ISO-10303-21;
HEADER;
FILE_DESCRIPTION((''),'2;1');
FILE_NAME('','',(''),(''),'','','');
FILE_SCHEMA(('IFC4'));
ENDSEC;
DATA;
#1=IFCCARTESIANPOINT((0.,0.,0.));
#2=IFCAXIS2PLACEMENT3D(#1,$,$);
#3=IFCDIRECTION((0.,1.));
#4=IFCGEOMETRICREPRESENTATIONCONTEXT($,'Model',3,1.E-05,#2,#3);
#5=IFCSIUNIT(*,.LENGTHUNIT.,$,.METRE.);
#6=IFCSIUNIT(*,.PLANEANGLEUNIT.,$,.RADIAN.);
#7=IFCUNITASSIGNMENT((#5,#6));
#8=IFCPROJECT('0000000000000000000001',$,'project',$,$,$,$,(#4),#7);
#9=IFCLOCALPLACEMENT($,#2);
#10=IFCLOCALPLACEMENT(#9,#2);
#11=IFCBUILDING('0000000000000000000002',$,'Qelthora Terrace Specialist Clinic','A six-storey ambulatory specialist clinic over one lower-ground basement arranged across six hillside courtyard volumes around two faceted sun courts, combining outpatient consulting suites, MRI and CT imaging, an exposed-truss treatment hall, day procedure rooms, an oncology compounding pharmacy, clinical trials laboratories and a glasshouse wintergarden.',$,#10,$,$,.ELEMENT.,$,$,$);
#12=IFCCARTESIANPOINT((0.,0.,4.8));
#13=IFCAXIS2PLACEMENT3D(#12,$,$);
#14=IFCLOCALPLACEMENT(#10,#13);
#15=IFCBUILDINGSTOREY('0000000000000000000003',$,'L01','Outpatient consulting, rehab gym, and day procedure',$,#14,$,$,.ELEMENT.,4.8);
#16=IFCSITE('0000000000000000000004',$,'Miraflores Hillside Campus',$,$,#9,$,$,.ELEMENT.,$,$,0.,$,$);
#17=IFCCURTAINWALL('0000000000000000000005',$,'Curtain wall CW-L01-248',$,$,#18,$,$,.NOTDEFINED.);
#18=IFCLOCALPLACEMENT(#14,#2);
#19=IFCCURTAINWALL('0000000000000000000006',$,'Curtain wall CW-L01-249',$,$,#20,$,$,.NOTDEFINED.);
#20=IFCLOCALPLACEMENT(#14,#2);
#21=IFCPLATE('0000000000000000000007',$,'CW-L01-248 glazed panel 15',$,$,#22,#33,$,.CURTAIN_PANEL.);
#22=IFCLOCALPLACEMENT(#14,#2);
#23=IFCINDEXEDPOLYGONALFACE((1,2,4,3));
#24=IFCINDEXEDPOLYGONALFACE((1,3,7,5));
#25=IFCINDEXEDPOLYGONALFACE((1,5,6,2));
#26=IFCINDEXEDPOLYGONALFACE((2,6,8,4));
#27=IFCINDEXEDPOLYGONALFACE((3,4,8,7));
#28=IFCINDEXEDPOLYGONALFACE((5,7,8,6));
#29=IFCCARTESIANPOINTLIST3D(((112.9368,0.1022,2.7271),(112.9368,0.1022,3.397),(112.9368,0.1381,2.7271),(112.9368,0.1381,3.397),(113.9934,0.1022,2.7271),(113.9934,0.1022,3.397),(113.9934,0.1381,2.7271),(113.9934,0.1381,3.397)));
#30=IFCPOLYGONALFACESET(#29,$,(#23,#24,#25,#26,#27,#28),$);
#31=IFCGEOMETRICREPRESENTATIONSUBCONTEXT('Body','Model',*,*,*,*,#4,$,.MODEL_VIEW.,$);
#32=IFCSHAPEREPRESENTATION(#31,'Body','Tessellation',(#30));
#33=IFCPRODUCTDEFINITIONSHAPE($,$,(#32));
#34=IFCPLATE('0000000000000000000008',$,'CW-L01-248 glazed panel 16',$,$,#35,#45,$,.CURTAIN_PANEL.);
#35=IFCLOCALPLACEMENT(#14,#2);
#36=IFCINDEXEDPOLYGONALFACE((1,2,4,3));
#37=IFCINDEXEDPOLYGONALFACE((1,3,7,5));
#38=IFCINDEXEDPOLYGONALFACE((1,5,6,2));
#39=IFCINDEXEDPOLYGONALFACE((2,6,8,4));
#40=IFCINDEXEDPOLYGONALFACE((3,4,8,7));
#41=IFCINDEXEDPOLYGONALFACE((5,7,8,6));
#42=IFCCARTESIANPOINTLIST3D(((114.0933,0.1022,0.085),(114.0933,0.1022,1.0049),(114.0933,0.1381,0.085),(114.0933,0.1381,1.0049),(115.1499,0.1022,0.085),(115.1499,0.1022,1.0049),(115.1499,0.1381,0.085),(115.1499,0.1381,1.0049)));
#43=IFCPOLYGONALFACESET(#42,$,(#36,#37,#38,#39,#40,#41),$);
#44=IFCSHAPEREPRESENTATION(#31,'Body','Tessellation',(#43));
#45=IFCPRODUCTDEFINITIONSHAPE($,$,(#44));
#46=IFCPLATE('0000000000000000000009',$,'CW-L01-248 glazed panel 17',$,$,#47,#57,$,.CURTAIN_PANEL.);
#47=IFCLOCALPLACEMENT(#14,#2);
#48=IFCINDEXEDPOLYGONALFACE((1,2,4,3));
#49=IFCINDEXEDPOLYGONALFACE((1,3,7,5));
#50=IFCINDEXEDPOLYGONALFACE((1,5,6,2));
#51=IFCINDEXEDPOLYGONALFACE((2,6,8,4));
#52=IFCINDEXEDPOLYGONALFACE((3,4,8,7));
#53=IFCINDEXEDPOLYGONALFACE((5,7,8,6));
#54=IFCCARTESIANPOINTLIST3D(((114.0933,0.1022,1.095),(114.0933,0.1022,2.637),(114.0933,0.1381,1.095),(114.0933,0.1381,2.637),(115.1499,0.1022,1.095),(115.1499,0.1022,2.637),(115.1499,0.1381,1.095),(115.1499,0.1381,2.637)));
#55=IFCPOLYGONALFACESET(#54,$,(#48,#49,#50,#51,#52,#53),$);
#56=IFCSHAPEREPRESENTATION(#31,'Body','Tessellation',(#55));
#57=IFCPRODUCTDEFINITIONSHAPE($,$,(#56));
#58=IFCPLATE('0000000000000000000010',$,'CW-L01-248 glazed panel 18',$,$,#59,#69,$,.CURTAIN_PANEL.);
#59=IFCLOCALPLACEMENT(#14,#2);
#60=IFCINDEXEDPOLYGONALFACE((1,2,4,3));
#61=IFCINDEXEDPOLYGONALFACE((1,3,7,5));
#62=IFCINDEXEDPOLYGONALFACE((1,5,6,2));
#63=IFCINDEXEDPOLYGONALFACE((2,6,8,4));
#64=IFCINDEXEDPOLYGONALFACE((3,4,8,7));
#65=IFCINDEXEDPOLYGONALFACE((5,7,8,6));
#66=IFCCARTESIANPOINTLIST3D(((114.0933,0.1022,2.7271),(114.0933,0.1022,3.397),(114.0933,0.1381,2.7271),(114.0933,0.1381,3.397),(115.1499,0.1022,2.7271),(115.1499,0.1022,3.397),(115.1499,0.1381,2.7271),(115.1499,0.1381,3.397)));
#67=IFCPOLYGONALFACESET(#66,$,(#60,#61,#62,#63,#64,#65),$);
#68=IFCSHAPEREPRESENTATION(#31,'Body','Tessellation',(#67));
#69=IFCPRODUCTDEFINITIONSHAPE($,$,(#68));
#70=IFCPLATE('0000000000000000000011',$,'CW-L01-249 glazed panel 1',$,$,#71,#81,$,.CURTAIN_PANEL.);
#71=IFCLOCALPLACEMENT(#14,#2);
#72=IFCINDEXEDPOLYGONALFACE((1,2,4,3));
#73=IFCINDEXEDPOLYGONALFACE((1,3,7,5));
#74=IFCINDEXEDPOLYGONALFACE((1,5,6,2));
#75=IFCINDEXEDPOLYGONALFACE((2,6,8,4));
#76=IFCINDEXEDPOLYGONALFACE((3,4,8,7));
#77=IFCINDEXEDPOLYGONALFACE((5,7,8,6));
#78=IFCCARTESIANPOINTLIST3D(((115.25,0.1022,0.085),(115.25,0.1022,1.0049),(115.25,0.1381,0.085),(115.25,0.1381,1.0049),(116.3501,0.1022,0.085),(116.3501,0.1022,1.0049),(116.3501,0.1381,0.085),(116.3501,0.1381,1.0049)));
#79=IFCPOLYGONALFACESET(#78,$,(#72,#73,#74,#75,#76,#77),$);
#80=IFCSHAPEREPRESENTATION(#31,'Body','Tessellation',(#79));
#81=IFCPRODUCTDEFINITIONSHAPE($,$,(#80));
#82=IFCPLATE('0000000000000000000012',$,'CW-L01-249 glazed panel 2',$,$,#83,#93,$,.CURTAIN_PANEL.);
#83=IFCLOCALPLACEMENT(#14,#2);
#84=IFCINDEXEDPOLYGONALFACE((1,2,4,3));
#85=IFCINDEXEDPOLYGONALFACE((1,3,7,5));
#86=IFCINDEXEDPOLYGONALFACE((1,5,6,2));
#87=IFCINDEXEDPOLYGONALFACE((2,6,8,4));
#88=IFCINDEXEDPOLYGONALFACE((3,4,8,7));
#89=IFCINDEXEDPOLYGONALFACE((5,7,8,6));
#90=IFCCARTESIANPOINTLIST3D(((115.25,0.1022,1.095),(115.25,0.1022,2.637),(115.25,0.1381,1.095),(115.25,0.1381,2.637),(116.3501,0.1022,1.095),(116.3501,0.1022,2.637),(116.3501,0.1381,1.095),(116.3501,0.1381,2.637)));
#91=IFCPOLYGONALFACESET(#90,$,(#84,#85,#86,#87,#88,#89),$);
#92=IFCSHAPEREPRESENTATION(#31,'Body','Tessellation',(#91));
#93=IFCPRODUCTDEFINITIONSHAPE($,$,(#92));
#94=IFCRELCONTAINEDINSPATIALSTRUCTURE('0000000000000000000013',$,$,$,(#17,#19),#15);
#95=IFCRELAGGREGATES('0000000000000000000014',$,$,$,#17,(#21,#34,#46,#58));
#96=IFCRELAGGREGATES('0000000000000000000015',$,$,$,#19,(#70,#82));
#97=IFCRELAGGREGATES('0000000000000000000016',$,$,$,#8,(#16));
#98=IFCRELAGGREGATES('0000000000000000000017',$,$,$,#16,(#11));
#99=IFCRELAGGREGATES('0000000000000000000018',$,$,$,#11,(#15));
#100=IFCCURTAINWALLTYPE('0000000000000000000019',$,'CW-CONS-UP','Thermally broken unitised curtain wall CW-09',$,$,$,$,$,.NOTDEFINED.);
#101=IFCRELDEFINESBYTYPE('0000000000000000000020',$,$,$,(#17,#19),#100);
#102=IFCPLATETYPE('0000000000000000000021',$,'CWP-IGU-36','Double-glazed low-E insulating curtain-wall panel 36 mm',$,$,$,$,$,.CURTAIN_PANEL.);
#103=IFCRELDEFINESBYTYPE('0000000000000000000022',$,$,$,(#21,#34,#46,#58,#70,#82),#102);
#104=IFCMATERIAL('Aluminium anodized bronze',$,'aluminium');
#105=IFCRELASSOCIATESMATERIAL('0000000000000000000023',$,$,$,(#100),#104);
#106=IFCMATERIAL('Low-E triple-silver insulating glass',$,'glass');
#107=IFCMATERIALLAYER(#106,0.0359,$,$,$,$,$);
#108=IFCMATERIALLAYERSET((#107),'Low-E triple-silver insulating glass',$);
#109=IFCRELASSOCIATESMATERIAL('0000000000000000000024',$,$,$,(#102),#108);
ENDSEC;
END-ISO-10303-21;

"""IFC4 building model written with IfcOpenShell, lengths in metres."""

from ifc_helpers import new_model, si_unit, direction, frame, origin, origin_2d, place, context, subcontext, project, spatial, rectangle, extrude, material, layer, layer_set, type_object, element, aggregate, save


model = new_model("IFC4")

# Units and contexts
model_context = context("Model", 3, precision=1e-05, world=origin(), true_north=direction((0.0, 1.0)))
body_context = subcontext(model_context, "Body", "Model", "MODEL_VIEW")
ifc_project = project(units=[si_unit("LENGTHUNIT", "METRE"), si_unit("PLANEANGLEUNIT", "RADIAN")], contexts=[model_context])

# Site, building, storey
site_placement = place(None, origin())
site = spatial("IfcSite", under=ifc_project, at=site_placement, Name="Miraflores Hillside Campus", CompositionType="ELEMENT", RefElevation=0.0)
building_placement = place(site_placement, origin())
building = spatial("IfcBuilding", under=site, at=building_placement, Name="Qelthora Terrace Specialist Clinic", Description="A six-storey ambulatory specialist clinic over one lower-ground basement arranged across six hillside courtyard volumes around two faceted sun courts, combining outpatient consulting suites, MRI and CT imaging, an exposed-truss treatment hall, day procedure rooms, an oncology compounding pharmacy, clinical trials laboratories and a glasshouse wintergarden.", CompositionType="ELEMENT")
storey_placement = place(building_placement, frame((0.0, 0.0, 4.8)))
storey = spatial("IfcBuildingStorey", under=building, at=storey_placement, Name="L01", Description="Outpatient consulting, rehab gym, and day procedure", CompositionType="ELEMENT", Elevation=4.8)

# Curtain walls
ifc_material_1 = material(Name="Aluminium anodized bronze", Category="aluminium")
curtain_wall_type = type_object("IfcCurtainWallType", Name="CW-CONS-UP", Description="Thermally broken unitised curtain wall CW-09", PredefinedType="NOTDEFINED", material=ifc_material_1)
curtain_wall_1_placement = place(storey_placement, origin())
curtain_wall_1 = element("IfcCurtainWall", 1, at=curtain_wall_1_placement, inside=storey, type_object=curtain_wall_type, Name="Curtain wall CW-L01-248", PredefinedType="NOTDEFINED")
curtain_wall_2_placement = place(storey_placement, origin())
curtain_wall_2 = element("IfcCurtainWall", 2, at=curtain_wall_2_placement, inside=storey, type_object=curtain_wall_type, Name="Curtain wall CW-L01-249", PredefinedType="NOTDEFINED")

# Plates
ifc_material_2 = material(Name="Low-E triple-silver insulating glass", Category="glass")
ifc_layer = layer(ifc_material_2, 0.0359)
ifc_layer_set = layer_set([ifc_layer], Name="Low-E triple-silver insulating glass")
plate_type = type_object("IfcPlateType", Name="CWP-IGU-36", Description="Double-glazed low-E insulating curtain-wall panel 36 mm", PredefinedType="CURTAIN_PANEL", material=ifc_layer_set)
plate_1_placement = place(storey_placement, frame((113.4651, 0.1201, 2.7271), z_axis=(0.0, 0.0, 1.0), x_axis=(1.0, 0.0, 0.0)))
plate_1 = element("IfcPlate", 3, at=plate_1_placement, type_object=plate_type, Name="CW-L01-248 glazed panel 15", PredefinedType="CURTAIN_PANEL", context=body_context, shape_type="SweptSolid", body=[
    extrude(rectangle(XDim=1.0566, YDim=0.0359, at=origin_2d()), origin(), (0.0, 0.0, 1.0), 0.6699),
])
plate_2_placement = place(storey_placement, frame((114.6216, 0.1201, 0.085), z_axis=(0.0, 0.0, 1.0), x_axis=(1.0, 0.0, 0.0)))
plate_2 = element("IfcPlate", 4, at=plate_2_placement, type_object=plate_type, Name="CW-L01-248 glazed panel 16", PredefinedType="CURTAIN_PANEL", context=body_context, shape_type="SweptSolid", body=[
    extrude(rectangle(XDim=1.0566, YDim=0.0359, at=origin_2d()), origin(), (0.0, 0.0, 1.0), 0.9199),
])
plate_3_placement = place(storey_placement, frame((114.6216, 0.1201, 1.095), z_axis=(0.0, 0.0, 1.0), x_axis=(1.0, 0.0, 0.0)))
plate_3 = element("IfcPlate", 5, at=plate_3_placement, type_object=plate_type, Name="CW-L01-248 glazed panel 17", PredefinedType="CURTAIN_PANEL", context=body_context, shape_type="SweptSolid", body=[
    extrude(rectangle(XDim=1.0566, YDim=0.0359, at=origin_2d()), origin(), (0.0, 0.0, 1.0), 1.542),
])
plate_4_placement = place(storey_placement, frame((114.6216, 0.1201, 2.7271), z_axis=(0.0, 0.0, 1.0), x_axis=(1.0, 0.0, 0.0)))
plate_4 = element("IfcPlate", 6, at=plate_4_placement, type_object=plate_type, Name="CW-L01-248 glazed panel 18", PredefinedType="CURTAIN_PANEL", context=body_context, shape_type="SweptSolid", body=[
    extrude(rectangle(XDim=1.0566, YDim=0.0359, at=origin_2d()), origin(), (0.0, 0.0, 1.0), 0.6699),
])
aggregate(curtain_wall_1, [plate_1, plate_2, plate_3, plate_4])
plate_5_placement = place(storey_placement, frame((115.8, 0.1201, 0.085), z_axis=(0.0, 0.0, 1.0), x_axis=(1.0, 0.0, 0.0)))
plate_5 = element("IfcPlate", 7, at=plate_5_placement, type_object=plate_type, Name="CW-L01-249 glazed panel 1", PredefinedType="CURTAIN_PANEL", context=body_context, shape_type="SweptSolid", body=[
    extrude(rectangle(XDim=1.1001, YDim=0.0359, at=origin_2d()), origin(), (0.0, 0.0, 1.0), 0.9199),
])
plate_6_placement = place(storey_placement, frame((115.8, 0.1201, 1.095), z_axis=(0.0, 0.0, 1.0), x_axis=(1.0, 0.0, 0.0)))
plate_6 = element("IfcPlate", 8, at=plate_6_placement, type_object=plate_type, Name="CW-L01-249 glazed panel 2", PredefinedType="CURTAIN_PANEL", context=body_context, shape_type="SweptSolid", body=[
    extrude(rectangle(XDim=1.1001, YDim=0.0359, at=origin_2d()), origin(), (0.0, 0.0, 1.0), 1.542),
])
aggregate(curtain_wall_2, [plate_5, plate_6])

save(model, "model.ifc")
